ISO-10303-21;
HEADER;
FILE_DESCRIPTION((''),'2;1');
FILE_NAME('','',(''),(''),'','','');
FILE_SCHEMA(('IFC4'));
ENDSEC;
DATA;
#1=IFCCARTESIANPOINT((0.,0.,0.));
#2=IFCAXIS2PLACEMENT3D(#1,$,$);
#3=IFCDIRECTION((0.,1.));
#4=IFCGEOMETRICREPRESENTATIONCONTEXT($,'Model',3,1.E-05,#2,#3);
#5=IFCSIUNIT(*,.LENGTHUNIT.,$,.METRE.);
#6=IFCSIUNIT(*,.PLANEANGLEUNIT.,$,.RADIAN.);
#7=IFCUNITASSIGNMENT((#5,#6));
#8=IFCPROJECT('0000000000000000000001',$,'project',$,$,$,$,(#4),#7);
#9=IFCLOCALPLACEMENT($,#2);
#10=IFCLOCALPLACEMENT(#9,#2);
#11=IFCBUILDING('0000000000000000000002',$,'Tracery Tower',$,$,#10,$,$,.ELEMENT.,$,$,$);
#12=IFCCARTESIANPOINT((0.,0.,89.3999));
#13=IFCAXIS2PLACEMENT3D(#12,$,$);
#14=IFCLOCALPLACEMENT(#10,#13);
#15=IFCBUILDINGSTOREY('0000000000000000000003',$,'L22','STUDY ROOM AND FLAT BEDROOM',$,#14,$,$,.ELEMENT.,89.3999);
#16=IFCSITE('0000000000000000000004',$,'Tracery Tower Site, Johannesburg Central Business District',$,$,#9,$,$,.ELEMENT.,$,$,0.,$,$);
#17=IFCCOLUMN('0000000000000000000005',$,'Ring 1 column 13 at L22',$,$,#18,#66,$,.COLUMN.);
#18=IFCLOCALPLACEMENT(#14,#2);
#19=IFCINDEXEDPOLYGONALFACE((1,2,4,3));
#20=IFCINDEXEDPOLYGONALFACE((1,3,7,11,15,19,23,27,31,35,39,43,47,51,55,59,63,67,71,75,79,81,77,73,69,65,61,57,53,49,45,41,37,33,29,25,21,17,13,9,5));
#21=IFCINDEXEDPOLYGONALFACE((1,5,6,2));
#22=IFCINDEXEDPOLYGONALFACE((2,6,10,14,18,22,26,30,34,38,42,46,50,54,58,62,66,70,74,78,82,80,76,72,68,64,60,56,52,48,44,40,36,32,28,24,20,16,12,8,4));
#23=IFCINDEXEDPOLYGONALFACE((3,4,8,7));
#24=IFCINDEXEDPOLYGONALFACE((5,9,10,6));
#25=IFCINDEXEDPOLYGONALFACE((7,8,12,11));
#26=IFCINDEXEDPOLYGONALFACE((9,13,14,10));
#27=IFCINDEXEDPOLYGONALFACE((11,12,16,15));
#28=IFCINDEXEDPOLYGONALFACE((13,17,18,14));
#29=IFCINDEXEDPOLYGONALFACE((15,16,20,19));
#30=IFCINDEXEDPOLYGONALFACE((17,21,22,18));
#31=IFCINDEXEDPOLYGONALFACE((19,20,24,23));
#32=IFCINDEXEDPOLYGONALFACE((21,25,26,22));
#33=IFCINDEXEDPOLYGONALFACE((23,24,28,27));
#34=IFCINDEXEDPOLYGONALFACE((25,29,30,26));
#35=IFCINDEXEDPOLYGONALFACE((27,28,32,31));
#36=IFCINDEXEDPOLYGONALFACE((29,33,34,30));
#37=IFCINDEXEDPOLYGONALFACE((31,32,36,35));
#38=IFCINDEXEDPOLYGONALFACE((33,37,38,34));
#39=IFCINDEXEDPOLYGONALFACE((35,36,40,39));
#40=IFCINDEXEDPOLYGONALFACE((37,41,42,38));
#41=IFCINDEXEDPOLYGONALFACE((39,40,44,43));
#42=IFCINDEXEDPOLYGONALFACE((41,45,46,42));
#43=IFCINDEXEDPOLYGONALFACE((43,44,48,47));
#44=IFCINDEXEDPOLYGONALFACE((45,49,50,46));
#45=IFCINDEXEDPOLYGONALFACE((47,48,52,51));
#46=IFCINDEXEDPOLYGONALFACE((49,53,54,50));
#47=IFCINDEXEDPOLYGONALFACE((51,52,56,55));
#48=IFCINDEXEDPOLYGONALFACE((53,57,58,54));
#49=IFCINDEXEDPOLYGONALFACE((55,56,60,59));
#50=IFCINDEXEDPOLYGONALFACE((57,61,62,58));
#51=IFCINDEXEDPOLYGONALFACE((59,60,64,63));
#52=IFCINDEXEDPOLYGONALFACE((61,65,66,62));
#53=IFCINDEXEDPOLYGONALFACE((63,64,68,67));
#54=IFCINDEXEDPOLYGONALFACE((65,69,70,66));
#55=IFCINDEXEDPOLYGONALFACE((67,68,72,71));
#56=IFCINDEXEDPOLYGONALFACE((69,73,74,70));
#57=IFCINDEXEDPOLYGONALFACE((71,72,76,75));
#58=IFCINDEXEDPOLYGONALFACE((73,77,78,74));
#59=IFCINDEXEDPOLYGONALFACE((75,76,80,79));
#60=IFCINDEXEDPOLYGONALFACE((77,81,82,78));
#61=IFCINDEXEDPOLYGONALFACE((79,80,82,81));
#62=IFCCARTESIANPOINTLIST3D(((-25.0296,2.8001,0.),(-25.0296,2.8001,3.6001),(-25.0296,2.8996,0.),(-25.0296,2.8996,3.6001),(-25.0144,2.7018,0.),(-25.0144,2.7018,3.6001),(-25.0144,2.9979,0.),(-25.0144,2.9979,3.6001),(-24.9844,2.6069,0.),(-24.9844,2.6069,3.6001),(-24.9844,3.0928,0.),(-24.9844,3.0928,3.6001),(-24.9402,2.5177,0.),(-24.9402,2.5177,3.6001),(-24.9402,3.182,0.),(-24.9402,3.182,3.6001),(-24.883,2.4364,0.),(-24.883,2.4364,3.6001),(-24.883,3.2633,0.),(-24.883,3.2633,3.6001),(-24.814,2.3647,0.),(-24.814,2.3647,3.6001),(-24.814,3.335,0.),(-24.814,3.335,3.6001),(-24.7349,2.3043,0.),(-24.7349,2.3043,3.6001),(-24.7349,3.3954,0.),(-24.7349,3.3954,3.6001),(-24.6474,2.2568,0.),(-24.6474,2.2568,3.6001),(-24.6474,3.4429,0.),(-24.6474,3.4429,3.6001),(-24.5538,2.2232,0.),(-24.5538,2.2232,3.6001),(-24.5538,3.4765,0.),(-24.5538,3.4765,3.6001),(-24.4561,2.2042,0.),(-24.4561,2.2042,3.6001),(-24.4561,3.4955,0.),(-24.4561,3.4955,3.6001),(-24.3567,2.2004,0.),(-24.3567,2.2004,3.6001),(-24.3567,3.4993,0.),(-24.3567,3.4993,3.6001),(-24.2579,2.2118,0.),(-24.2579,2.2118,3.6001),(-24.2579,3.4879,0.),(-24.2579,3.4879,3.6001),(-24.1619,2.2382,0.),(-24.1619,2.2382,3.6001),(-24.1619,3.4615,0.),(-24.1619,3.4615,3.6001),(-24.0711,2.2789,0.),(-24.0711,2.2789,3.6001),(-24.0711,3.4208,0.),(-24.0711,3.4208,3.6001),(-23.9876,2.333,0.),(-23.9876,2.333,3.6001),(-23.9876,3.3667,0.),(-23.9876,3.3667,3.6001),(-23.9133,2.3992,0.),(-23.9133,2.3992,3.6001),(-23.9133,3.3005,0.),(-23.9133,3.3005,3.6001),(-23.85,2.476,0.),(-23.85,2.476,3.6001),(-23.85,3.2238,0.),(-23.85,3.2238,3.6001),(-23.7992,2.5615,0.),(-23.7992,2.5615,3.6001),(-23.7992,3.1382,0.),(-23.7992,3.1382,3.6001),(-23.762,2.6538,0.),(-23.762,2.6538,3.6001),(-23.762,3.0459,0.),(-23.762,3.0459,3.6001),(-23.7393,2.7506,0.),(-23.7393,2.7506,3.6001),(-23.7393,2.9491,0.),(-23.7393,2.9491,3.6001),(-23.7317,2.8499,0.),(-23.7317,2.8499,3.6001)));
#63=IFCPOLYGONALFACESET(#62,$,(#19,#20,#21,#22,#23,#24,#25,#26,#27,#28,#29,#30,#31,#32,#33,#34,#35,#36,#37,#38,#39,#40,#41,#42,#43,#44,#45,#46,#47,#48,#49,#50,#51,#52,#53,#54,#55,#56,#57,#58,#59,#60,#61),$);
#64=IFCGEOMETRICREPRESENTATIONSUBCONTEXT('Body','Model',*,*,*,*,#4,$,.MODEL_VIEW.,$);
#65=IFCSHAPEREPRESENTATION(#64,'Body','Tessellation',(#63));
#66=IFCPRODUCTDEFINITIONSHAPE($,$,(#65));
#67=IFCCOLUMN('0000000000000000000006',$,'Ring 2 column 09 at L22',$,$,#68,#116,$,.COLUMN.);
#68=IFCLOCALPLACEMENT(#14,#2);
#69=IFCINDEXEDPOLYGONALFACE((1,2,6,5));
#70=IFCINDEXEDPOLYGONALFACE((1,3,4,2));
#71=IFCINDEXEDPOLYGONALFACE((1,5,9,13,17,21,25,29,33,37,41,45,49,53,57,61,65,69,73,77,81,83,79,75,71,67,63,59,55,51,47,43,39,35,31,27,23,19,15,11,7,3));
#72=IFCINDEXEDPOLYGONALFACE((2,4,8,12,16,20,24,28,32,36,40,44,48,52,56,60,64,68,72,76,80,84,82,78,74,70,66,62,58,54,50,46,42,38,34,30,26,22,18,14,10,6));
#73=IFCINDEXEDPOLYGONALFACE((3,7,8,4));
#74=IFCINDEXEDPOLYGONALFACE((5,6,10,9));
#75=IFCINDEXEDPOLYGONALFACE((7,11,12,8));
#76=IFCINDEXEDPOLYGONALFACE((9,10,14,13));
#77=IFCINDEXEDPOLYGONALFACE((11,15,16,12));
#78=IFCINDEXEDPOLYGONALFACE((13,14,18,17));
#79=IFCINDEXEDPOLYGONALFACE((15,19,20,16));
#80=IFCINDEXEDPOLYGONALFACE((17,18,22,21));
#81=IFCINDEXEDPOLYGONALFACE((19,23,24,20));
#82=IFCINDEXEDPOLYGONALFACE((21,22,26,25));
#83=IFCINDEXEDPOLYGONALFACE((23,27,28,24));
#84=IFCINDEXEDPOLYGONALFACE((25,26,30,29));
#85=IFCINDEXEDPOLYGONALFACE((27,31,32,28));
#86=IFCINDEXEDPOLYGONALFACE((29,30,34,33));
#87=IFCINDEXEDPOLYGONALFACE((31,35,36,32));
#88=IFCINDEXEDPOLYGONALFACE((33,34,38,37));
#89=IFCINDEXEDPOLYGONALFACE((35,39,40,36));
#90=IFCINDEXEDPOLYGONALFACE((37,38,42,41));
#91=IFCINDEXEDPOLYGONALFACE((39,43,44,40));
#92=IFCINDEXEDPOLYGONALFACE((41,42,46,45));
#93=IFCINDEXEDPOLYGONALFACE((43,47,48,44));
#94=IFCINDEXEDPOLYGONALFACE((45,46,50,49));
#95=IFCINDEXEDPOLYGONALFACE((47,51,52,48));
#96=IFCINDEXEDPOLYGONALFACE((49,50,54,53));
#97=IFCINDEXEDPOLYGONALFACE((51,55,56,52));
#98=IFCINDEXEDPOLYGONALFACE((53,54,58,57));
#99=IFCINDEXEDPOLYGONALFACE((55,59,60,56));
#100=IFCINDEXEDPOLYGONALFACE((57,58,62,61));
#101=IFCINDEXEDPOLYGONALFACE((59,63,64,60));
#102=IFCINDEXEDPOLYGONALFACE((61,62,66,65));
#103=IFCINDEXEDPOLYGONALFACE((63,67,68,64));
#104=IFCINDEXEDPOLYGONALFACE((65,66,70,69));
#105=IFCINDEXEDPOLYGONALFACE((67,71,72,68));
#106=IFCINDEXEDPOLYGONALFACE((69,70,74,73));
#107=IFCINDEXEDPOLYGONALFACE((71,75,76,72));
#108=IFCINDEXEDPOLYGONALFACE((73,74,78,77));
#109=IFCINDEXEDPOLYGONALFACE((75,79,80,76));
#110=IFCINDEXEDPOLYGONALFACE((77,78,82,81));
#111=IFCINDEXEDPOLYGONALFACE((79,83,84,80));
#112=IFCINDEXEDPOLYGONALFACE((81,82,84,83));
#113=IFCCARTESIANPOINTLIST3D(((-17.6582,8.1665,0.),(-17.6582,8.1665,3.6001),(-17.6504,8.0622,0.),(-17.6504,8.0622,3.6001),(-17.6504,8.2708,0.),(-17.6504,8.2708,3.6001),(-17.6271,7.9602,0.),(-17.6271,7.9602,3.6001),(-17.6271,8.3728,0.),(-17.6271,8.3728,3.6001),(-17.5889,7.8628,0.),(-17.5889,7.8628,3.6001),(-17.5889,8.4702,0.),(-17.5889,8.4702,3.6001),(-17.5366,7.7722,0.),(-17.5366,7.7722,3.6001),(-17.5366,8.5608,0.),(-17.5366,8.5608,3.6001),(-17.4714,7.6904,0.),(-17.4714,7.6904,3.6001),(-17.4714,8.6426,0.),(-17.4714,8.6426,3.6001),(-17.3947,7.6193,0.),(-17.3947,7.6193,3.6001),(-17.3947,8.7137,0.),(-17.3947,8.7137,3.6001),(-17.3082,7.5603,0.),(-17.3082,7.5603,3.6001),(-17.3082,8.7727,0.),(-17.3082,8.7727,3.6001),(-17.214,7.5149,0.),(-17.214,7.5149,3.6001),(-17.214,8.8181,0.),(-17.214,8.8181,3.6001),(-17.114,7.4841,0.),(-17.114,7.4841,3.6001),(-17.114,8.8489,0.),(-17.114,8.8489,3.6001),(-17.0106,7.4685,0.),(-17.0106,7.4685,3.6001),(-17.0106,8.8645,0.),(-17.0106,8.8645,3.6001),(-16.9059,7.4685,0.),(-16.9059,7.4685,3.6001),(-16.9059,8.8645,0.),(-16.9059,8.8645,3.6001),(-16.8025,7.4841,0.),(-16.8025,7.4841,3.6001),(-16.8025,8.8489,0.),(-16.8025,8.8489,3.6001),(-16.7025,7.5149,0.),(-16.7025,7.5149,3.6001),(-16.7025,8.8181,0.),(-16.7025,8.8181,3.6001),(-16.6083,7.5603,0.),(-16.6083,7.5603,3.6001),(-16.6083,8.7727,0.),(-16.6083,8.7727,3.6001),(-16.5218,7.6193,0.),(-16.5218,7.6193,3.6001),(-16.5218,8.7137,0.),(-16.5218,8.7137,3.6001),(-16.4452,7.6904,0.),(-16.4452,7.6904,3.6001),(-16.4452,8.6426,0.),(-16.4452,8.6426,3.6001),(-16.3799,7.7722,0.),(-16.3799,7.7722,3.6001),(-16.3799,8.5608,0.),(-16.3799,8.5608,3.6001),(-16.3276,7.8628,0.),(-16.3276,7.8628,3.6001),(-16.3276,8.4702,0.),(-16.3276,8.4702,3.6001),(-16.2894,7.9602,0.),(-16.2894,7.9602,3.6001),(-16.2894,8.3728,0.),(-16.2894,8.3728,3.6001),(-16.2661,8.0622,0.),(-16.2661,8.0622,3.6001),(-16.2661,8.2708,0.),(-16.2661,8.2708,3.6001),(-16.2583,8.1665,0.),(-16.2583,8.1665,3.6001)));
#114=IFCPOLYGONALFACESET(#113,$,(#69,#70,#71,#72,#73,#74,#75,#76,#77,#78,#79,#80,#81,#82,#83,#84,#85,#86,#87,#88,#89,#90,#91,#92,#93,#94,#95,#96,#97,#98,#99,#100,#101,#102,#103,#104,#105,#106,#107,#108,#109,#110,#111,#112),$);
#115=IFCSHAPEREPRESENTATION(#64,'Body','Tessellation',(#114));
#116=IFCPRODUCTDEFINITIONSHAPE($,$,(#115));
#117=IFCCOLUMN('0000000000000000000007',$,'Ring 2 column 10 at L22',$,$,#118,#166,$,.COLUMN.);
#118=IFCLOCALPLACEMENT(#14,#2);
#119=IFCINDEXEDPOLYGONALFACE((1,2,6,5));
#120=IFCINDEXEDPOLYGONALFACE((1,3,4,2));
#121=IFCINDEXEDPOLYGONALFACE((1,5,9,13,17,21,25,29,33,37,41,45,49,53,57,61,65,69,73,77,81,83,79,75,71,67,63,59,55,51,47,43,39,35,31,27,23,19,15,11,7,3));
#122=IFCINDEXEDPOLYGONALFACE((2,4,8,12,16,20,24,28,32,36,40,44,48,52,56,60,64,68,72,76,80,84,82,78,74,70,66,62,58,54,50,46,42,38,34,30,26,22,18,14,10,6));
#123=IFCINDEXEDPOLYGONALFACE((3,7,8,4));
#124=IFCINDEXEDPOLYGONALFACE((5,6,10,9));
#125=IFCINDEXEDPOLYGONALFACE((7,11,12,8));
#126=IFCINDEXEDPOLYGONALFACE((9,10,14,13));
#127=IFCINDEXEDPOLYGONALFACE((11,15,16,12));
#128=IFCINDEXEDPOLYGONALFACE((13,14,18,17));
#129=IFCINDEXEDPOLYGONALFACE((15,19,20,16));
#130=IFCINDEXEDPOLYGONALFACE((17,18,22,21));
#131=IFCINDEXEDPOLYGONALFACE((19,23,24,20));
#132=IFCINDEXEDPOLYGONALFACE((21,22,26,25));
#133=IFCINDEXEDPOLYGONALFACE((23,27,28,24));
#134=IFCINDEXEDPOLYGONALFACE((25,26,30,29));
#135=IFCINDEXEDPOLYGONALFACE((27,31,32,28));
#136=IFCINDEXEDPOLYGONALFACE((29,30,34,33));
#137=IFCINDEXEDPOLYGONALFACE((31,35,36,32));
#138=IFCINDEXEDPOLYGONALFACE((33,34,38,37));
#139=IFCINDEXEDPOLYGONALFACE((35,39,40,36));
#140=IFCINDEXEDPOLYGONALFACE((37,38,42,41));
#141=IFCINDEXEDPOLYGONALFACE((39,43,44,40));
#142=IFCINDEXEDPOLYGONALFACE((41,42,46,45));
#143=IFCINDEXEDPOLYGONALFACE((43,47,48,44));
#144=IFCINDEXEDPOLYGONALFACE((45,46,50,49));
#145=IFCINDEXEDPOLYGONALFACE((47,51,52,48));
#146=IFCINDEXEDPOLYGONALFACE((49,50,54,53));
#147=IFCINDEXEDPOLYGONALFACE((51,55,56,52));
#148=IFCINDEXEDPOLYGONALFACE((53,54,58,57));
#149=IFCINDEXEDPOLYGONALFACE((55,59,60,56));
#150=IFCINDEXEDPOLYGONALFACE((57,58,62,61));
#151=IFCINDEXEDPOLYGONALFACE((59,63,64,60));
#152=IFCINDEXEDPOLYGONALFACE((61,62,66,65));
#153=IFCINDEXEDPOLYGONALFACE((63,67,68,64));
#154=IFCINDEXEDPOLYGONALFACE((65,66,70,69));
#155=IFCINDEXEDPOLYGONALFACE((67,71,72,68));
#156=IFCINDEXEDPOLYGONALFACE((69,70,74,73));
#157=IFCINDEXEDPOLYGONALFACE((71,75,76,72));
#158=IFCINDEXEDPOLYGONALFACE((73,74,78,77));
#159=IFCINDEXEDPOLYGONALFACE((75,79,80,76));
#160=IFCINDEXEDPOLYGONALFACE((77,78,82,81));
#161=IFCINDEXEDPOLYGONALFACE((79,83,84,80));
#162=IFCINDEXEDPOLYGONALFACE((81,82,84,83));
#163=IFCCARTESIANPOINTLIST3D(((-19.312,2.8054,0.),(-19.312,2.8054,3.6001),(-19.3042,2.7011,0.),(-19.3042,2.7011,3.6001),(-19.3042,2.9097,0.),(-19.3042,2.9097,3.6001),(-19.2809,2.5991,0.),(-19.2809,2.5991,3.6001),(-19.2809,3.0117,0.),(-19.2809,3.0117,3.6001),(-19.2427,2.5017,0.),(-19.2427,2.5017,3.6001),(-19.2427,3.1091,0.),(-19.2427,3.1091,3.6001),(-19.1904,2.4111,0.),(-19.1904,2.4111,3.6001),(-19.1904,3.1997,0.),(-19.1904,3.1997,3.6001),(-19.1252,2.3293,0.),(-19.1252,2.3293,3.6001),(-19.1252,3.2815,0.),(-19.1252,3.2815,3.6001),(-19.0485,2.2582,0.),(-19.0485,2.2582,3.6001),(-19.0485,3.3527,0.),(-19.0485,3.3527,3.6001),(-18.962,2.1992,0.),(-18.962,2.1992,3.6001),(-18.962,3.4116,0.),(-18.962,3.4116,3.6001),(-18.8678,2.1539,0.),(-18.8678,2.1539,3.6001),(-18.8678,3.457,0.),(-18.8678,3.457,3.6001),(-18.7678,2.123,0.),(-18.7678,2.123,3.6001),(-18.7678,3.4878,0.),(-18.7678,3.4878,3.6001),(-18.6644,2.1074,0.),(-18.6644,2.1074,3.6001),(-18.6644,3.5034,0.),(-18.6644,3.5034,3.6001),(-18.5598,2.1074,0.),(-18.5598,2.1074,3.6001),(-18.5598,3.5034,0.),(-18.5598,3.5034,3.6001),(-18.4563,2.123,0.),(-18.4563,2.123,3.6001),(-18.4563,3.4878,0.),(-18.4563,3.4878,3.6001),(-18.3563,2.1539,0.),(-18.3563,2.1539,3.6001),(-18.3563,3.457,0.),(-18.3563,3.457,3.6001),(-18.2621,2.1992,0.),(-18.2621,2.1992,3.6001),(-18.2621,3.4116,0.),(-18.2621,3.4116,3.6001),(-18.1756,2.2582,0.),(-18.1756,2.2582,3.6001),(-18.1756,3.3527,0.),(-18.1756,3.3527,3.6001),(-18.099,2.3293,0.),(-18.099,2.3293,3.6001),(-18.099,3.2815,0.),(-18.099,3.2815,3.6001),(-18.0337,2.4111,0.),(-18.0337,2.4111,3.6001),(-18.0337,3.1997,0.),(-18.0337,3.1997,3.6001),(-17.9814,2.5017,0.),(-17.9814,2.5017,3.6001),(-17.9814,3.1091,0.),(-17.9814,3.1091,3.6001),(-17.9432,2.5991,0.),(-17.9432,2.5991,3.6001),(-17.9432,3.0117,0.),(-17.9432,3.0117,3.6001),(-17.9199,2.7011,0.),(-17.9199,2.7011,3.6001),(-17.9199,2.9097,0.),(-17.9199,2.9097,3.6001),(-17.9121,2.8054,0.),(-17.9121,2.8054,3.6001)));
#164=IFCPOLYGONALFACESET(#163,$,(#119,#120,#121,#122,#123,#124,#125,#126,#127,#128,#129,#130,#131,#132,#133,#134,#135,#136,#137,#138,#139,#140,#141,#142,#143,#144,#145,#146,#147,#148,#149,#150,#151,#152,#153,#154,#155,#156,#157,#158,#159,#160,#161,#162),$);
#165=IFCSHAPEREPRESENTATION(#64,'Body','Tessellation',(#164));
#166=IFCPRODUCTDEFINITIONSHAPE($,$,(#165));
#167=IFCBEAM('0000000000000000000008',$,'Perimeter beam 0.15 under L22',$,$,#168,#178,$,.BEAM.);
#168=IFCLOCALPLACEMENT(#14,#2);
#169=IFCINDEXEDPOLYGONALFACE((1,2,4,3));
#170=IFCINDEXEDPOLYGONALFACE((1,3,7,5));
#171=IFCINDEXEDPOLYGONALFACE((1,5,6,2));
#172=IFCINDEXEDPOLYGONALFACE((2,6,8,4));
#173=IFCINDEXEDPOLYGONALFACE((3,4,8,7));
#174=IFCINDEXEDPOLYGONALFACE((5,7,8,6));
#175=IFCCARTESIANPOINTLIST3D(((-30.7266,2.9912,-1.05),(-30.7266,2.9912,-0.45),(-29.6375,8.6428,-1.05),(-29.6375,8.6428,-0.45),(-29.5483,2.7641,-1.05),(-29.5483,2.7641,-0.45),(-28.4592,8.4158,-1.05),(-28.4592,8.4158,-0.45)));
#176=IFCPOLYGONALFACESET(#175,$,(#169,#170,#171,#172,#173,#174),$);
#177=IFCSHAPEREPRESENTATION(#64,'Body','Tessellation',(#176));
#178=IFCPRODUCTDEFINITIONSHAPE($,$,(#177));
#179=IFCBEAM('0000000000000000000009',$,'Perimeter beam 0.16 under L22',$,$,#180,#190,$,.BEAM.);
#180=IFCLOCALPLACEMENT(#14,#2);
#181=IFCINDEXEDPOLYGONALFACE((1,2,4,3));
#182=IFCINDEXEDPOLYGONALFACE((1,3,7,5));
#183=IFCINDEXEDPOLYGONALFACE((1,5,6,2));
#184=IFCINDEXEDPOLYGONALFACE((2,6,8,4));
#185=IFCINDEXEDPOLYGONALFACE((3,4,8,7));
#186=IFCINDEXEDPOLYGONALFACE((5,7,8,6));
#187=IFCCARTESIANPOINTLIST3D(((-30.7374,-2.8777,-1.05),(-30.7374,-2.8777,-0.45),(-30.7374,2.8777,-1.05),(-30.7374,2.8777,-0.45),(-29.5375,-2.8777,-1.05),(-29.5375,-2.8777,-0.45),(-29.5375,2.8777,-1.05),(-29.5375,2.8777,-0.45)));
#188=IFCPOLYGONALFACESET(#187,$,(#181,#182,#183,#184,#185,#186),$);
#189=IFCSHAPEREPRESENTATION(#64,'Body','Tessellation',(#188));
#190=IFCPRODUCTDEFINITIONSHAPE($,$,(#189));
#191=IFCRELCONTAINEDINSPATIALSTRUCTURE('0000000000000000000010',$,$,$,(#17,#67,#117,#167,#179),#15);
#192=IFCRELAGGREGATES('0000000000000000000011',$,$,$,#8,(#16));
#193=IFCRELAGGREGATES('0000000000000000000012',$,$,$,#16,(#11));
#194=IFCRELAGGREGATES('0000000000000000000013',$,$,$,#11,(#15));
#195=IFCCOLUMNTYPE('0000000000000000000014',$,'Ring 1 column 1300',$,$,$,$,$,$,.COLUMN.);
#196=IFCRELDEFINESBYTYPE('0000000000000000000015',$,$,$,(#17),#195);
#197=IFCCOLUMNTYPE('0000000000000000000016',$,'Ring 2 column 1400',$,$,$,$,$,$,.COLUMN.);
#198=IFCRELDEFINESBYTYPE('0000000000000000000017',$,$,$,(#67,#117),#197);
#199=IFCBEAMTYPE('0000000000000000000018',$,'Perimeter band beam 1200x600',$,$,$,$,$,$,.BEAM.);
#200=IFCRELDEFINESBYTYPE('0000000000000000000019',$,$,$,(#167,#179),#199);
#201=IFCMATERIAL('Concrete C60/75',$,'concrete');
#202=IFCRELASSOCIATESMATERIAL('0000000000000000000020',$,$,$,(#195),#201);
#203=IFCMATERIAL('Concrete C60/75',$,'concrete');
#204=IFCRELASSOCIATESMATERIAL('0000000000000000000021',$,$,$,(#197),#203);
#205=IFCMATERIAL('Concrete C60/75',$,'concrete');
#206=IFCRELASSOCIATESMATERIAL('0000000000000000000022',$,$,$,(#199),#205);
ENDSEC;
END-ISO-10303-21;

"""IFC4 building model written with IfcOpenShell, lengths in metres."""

from ifc_helpers import new_model, si_unit, direction, frame, origin, origin_2d, place, context, subcontext, project, spatial, rectangle, circle, extrude, material, material_profile, profile_set, type_object, element, save


model = new_model("IFC4")

# Units and contexts
model_context = context("Model", 3, precision=1e-05, world=origin(), true_north=direction((0.0, 1.0)))
body_context = subcontext(model_context, "Body", "Model", "MODEL_VIEW")
ifc_project = project(units=[si_unit("LENGTHUNIT", "METRE"), si_unit("PLANEANGLEUNIT", "RADIAN")], contexts=[model_context])

# Site, building, storey
site_placement = place(None, origin())
site = spatial("IfcSite", under=ifc_project, at=site_placement, Name="Tracery Tower Site, Johannesburg Central Business District", CompositionType="ELEMENT", RefElevation=0.0)
building_placement = place(site_placement, origin())
building = spatial("IfcBuilding", under=site, at=building_placement, Name="Tracery Tower", CompositionType="ELEMENT")
storey_placement = place(building_placement, frame((0.0, 0.0, 89.3999)))
storey = spatial("IfcBuildingStorey", under=building, at=storey_placement, Name="L22", Description="STUDY ROOM AND FLAT BEDROOM", CompositionType="ELEMENT", Elevation=89.3999)

# Columns
ifc_material_1 = material(Name="Concrete C60/75", Category="concrete")
ifc_material_profile_1 = material_profile(ifc_material_1, circle(Radius=0.6499, at=origin_2d()), Name="RC D1300")
ifc_profile_set_1 = profile_set([ifc_material_profile_1], Name="Concrete C60/75")
column_type_1 = type_object("IfcColumnType", Name="Ring 1 column 1300", PredefinedType="COLUMN", material=ifc_profile_set_1)
for number, where, z_axis, x_axis, name in (
    (1, (-24.3816, 2.8499, 0.0), (0.0, 0.0, 1.0), (1.0, 0.0, 0.0), "Ring 1 column 13 at L22"),
):
    element("IfcColumn", number, at=place(storey_placement, frame(where, z_axis=z_axis, x_axis=x_axis)), inside=storey, type_object=column_type_1, Name=name, PredefinedType="COLUMN", context=body_context, shape_type="SweptSolid", body=[
        extrude(circle(Radius=0.6499, at=origin_2d()), origin(), (0.0, 0.0, 1.0), 3.6001),
    ])
ifc_material_2 = material(Name="Concrete C60/75", Category="concrete")
ifc_material_profile_2 = material_profile(ifc_material_2, circle(Radius=0.7, at=origin_2d()), Name="RC D1400")
ifc_profile_set_2 = profile_set([ifc_material_profile_2], Name="Concrete C60/75")
column_type_2 = type_object("IfcColumnType", Name="Ring 2 column 1400", PredefinedType="COLUMN", material=ifc_profile_set_2)
for number, where, z_axis, x_axis, name in (
    (2, (-16.9583, 8.1665, 0.0), (0.0, 0.0, 1.0), (1.0, 0.0, 0.0), "Ring 2 column 09 at L22"),
    (3, (-18.6121, 2.8054, 0.0), (0.0, 0.0, 1.0), (1.0, 0.0, 0.0), "Ring 2 column 10 at L22"),
):
    element("IfcColumn", number, at=place(storey_placement, frame(where, z_axis=z_axis, x_axis=x_axis)), inside=storey, type_object=column_type_2, Name=name, PredefinedType="COLUMN", context=body_context, shape_type="SweptSolid", body=[
        extrude(circle(Radius=0.7, at=origin_2d()), origin(), (0.0, 0.0, 1.0), 3.6001),
    ])

# Beams
ifc_material_3 = material(Name="Concrete C60/75", Category="concrete")
ifc_material_profile_3 = material_profile(ifc_material_3, rectangle(XDim=1.2, YDim=0.6001, at=origin_2d()), Name="RC 1200x600")
ifc_profile_set_3 = profile_set([ifc_material_profile_3], Name="Concrete C60/75")
beam_type = type_object("IfcBeamType", Name="Perimeter band beam 1200x600", PredefinedType="BEAM", material=ifc_profile_set_3)
beam_1_placement = place(storey_placement, frame((-29.0483, 8.5293, -0.75), z_axis=(-0.189227, -0.981933, 0.0), x_axis=(0.981933, -0.189227, 0.0)))
element("IfcBeam", 4, at=beam_1_placement, inside=storey, type_object=beam_type, Name="Perimeter beam 0.15 under L22", PredefinedType="BEAM", context=body_context, shape_type="SweptSolid", body=[
    extrude(rectangle(XDim=1.2, YDim=0.6001, at=origin_2d()), origin(), (0.0, 0.0, 1.0), 5.7556),
])
beam_2_placement = place(storey_placement, frame((-30.1375, 2.8777, -0.75), z_axis=(0.0, -1.0, 0.0), x_axis=(1.0, 0.0, 0.0)))
element("IfcBeam", 5, at=beam_2_placement, inside=storey, type_object=beam_type, Name="Perimeter beam 0.16 under L22", PredefinedType="BEAM", context=body_context, shape_type="SweptSolid", body=[
    extrude(rectangle(XDim=1.2, YDim=0.6001, at=origin_2d()), origin(), (0.0, 0.0, 1.0), 5.7554),
])

save(model, "model.ifc")
